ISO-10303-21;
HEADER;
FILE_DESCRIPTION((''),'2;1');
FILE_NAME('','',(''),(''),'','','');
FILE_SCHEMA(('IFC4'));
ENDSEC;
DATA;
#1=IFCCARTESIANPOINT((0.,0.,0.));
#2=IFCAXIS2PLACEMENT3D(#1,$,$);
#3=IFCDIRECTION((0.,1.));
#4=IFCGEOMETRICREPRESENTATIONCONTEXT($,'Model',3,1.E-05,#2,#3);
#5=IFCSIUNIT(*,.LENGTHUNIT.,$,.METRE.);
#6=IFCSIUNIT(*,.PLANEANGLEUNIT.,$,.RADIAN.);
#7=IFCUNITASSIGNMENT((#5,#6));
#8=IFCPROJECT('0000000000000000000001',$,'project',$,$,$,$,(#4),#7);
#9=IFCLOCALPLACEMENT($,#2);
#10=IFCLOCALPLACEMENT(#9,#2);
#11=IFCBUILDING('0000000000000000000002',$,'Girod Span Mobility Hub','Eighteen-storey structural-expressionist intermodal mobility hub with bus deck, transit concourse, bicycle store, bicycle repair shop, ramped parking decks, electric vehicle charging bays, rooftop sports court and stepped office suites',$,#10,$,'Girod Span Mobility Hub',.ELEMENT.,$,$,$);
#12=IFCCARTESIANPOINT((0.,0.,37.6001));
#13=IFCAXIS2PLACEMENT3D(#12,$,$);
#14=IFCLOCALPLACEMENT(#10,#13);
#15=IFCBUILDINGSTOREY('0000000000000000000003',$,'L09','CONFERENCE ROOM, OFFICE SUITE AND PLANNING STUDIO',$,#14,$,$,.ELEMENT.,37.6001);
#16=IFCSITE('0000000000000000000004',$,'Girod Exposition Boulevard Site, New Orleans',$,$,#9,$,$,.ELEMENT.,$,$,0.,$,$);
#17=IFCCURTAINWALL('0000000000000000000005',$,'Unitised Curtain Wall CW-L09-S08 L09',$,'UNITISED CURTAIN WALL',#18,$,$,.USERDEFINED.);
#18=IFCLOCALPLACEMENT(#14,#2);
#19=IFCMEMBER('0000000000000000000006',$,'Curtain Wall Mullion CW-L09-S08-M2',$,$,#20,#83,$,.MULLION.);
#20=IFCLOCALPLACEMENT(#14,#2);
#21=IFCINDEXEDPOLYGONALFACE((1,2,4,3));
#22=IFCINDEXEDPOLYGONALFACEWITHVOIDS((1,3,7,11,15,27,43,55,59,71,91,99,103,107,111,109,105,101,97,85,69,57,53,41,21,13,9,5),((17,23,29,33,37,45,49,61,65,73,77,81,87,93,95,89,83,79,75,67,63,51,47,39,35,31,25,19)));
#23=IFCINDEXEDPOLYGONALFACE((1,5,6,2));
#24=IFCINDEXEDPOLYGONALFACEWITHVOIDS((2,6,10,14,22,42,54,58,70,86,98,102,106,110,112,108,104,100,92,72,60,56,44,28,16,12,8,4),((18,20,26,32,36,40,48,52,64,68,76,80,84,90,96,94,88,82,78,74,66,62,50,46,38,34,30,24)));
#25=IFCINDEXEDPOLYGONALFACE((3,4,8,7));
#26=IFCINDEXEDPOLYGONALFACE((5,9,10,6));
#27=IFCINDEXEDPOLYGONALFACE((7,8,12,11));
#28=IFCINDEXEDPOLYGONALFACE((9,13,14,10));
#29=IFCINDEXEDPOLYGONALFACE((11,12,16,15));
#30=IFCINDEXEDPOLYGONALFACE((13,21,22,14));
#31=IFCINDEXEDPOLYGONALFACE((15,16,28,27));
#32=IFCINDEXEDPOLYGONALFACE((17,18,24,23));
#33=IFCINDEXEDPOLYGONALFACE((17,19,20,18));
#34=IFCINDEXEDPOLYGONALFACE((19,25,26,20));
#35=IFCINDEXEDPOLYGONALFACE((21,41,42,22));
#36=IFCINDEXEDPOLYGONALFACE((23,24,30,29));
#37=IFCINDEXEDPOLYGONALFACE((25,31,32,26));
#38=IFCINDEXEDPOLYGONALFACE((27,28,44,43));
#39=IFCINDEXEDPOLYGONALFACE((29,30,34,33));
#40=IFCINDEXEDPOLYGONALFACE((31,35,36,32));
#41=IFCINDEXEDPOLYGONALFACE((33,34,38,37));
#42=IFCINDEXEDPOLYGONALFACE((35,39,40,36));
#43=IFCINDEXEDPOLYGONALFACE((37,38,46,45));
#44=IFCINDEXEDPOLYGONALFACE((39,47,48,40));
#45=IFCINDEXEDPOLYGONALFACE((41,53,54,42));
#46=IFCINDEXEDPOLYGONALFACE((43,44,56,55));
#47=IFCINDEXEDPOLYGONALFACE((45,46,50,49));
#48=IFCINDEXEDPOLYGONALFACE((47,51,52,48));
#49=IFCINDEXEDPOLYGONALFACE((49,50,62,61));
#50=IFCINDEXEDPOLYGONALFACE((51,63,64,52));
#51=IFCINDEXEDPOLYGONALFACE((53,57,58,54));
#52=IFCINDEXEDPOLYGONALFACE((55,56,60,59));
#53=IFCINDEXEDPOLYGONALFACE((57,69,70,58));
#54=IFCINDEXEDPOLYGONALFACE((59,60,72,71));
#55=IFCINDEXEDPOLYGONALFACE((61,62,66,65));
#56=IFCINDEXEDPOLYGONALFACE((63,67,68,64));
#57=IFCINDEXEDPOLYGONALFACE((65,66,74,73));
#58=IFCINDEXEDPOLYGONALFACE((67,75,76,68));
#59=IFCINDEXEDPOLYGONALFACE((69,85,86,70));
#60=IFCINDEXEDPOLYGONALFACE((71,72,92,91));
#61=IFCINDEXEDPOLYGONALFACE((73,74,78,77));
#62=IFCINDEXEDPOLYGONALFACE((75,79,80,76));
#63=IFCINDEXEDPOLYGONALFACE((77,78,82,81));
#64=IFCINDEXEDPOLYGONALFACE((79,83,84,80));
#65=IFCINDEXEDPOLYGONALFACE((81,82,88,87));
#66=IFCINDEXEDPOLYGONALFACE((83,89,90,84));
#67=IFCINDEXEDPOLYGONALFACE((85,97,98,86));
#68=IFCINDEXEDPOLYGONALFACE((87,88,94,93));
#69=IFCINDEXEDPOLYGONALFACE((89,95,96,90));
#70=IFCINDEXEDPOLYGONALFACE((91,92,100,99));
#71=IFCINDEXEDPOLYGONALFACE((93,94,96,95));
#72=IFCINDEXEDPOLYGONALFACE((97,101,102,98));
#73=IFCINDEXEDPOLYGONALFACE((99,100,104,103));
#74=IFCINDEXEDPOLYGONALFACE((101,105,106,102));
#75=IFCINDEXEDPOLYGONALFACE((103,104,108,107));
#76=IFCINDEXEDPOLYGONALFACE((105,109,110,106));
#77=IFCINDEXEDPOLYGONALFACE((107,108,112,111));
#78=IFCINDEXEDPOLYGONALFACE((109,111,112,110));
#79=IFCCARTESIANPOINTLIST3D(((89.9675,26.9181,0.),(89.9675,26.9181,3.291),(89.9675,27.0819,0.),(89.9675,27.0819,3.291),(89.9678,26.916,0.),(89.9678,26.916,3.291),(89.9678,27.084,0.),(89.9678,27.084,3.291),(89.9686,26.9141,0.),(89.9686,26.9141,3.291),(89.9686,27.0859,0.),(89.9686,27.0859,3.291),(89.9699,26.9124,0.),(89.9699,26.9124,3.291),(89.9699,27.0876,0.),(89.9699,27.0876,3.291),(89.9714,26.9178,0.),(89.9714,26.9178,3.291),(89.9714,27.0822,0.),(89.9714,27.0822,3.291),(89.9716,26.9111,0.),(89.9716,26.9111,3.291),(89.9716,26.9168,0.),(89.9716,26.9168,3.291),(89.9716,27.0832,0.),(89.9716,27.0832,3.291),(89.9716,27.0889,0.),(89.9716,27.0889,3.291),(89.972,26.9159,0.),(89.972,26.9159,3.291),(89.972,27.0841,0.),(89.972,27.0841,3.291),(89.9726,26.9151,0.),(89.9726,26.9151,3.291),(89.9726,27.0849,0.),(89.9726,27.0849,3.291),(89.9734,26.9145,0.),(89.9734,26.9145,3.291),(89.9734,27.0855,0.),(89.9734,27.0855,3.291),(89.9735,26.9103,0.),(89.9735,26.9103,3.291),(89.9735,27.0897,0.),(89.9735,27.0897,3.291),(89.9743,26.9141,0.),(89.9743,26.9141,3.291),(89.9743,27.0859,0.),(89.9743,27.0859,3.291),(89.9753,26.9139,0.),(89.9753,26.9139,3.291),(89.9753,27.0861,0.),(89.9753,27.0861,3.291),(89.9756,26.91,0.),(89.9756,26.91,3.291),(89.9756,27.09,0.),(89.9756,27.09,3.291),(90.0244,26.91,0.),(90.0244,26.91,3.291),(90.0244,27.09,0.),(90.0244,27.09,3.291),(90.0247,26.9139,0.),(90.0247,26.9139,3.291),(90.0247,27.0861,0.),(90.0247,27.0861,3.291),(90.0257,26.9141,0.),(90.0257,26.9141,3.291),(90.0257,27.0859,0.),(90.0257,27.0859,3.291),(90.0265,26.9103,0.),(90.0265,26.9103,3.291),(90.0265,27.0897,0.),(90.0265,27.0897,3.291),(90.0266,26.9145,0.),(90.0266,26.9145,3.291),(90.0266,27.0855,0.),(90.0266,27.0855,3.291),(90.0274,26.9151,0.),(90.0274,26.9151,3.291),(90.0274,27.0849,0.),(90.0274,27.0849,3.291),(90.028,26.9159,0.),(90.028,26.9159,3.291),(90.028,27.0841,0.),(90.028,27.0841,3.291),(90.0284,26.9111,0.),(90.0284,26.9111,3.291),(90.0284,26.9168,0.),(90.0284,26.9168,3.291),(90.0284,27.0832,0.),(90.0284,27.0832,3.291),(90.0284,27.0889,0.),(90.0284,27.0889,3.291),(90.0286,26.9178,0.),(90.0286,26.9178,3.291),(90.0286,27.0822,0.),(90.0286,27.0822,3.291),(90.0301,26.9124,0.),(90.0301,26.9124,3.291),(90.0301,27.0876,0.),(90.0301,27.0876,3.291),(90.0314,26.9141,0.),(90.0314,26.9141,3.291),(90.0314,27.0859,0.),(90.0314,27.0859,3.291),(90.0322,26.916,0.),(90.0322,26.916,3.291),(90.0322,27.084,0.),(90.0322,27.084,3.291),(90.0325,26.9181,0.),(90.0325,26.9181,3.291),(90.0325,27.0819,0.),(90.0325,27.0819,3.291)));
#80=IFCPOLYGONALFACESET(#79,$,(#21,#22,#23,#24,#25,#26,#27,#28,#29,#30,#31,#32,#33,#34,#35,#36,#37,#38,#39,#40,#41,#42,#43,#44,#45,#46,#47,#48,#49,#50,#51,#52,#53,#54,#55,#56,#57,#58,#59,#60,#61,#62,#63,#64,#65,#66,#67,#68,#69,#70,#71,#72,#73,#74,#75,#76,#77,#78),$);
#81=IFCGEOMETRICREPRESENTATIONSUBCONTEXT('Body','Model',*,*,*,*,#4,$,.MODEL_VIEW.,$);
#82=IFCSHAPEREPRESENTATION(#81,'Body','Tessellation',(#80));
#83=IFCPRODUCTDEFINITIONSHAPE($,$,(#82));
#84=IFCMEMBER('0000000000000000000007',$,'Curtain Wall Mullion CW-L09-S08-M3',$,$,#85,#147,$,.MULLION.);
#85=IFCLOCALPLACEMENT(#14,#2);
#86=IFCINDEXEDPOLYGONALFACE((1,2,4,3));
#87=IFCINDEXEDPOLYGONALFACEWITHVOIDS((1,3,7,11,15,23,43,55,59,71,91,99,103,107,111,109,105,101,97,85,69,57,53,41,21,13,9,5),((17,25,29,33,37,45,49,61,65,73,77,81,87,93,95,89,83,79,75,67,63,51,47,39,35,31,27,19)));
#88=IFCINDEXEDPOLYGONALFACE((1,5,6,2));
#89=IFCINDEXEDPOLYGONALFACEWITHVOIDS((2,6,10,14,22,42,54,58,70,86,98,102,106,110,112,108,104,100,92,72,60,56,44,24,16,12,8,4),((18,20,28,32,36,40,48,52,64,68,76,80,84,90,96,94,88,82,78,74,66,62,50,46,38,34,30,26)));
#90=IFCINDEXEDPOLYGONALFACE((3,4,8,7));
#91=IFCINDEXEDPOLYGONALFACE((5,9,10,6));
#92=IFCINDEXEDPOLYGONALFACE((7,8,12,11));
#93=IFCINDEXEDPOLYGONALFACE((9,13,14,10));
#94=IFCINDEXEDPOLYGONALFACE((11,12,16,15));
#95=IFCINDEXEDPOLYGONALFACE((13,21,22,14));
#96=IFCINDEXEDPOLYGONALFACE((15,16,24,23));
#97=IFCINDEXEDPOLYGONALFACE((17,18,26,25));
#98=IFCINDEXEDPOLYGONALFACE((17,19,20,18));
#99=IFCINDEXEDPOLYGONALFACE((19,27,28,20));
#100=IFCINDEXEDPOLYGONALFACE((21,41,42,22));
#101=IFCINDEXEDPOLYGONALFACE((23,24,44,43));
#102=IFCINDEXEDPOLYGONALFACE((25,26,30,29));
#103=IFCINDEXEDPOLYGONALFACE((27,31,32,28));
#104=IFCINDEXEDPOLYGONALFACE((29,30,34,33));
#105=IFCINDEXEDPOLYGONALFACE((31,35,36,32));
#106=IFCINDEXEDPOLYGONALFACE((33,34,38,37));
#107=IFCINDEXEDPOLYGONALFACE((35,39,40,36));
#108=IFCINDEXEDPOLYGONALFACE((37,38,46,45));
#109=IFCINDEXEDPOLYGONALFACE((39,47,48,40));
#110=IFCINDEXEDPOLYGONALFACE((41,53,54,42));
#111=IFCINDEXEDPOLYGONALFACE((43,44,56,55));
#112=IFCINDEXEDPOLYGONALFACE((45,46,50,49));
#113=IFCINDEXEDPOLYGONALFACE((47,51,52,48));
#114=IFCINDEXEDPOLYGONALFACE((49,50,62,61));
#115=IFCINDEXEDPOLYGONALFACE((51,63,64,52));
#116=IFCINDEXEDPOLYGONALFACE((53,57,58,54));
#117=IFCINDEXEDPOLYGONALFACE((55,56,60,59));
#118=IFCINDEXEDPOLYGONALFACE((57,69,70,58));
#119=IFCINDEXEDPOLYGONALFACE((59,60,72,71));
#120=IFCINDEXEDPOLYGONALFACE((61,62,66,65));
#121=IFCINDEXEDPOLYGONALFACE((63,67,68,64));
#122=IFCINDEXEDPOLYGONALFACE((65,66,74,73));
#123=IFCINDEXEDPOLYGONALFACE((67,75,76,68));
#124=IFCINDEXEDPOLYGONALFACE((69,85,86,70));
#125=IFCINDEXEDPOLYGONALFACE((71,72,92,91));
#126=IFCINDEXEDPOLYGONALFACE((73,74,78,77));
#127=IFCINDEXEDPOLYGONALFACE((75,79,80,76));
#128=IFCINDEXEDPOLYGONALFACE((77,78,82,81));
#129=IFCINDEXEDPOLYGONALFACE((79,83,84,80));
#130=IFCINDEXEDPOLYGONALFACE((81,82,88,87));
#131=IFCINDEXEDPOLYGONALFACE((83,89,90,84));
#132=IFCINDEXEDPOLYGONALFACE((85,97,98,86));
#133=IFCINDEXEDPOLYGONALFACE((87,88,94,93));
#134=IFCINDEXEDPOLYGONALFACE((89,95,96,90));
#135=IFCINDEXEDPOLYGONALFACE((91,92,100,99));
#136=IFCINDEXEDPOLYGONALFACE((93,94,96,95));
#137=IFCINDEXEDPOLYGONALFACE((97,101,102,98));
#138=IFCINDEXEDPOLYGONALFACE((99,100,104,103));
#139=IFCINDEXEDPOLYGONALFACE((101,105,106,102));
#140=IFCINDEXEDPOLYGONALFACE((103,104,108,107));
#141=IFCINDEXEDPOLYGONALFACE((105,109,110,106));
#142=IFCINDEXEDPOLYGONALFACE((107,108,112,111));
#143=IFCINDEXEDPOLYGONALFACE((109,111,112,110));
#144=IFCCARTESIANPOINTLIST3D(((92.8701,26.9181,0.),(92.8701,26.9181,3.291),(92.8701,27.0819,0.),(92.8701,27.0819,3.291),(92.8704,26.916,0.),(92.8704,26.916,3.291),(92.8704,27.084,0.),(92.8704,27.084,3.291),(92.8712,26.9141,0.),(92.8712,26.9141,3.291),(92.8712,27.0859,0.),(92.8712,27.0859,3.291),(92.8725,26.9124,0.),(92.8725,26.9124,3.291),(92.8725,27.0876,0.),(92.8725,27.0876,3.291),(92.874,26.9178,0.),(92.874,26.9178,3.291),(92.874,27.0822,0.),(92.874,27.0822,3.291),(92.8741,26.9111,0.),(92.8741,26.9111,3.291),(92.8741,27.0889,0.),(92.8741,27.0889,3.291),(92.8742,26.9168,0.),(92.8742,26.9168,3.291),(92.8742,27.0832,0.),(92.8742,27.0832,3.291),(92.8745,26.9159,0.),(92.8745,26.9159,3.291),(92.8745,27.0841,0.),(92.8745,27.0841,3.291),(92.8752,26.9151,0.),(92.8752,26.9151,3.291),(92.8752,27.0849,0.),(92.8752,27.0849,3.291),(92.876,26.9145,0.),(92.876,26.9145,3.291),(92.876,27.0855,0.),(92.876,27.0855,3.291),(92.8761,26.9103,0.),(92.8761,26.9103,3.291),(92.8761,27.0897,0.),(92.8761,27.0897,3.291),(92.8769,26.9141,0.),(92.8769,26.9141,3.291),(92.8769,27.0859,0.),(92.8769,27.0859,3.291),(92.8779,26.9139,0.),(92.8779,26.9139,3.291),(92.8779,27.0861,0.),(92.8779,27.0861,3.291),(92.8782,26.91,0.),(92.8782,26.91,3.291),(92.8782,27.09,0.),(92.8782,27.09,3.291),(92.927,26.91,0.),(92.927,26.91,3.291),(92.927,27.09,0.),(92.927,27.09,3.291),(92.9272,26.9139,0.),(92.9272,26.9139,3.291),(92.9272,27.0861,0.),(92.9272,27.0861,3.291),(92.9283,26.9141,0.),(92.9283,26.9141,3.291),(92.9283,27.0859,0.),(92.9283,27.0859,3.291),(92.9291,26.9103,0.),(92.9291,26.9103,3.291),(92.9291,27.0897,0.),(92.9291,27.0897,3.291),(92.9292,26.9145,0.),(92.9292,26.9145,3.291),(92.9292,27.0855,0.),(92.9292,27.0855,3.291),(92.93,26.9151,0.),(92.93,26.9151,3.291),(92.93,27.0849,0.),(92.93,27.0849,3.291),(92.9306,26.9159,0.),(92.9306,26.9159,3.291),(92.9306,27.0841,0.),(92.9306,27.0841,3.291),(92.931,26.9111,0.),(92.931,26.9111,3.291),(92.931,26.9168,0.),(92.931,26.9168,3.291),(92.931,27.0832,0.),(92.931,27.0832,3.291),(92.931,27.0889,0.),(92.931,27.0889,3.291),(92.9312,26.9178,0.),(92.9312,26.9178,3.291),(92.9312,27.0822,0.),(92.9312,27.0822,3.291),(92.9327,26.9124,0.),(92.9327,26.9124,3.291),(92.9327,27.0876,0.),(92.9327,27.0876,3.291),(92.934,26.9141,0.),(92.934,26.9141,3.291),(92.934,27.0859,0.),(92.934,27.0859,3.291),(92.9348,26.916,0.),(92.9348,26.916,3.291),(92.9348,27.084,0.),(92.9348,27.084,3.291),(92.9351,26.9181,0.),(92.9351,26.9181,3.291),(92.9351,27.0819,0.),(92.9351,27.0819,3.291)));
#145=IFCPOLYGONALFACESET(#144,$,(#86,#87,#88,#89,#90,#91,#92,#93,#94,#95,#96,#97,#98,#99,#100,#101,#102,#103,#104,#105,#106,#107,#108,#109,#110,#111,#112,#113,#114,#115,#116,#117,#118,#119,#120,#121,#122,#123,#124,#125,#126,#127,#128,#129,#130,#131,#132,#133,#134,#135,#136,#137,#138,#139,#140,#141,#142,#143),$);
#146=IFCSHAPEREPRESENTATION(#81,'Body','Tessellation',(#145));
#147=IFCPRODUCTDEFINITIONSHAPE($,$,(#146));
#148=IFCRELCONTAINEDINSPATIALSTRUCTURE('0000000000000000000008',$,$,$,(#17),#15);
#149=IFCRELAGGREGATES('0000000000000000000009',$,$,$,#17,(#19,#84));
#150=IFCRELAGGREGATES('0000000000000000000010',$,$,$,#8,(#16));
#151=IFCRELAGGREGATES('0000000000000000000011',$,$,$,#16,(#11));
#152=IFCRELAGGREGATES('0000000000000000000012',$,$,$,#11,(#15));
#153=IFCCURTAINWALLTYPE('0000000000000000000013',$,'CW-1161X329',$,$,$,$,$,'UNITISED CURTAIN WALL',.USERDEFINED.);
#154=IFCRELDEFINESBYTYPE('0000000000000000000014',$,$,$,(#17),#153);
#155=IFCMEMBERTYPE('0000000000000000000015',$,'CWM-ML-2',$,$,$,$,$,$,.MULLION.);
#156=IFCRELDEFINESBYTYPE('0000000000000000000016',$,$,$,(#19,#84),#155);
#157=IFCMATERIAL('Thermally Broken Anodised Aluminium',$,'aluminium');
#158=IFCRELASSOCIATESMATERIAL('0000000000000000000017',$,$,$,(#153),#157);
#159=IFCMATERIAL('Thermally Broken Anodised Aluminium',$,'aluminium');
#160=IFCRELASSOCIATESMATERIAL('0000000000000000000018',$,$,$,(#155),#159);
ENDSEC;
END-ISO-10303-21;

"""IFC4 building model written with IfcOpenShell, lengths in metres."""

from ifc_helpers import new_model, si_unit, direction, frame, origin, origin_2d, place, context, subcontext, project, spatial, hollow_rectangle, extrude, material, material_profile, profile_set, type_object, element, aggregate, save


model = new_model("IFC4")

# Units and contexts
model_context = context("Model", 3, precision=1e-05, world=origin(), true_north=direction((0.0, 1.0)))
body_context = subcontext(model_context, "Body", "Model", "MODEL_VIEW")
ifc_project = project(units=[si_unit("LENGTHUNIT", "METRE"), si_unit("PLANEANGLEUNIT", "RADIAN")], contexts=[model_context])

# Site, building, storey
site_placement = place(None, origin())
site = spatial("IfcSite", under=ifc_project, at=site_placement, Name="Girod Exposition Boulevard Site, New Orleans", CompositionType="ELEMENT", RefElevation=0.0)
building_placement = place(site_placement, origin())
building = spatial("IfcBuilding", under=site, at=building_placement, Name="Girod Span Mobility Hub", Description="Eighteen-storey structural-expressionist intermodal mobility hub with bus deck, transit concourse, bicycle store, bicycle repair shop, ramped parking decks, electric vehicle charging bays, rooftop sports court and stepped office suites", LongName="Girod Span Mobility Hub", CompositionType="ELEMENT")
storey_placement = place(building_placement, frame((0.0, 0.0, 37.6001)))
storey = spatial("IfcBuildingStorey", under=building, at=storey_placement, Name="L09", Description="CONFERENCE ROOM, OFFICE SUITE AND PLANNING STUDIO", CompositionType="ELEMENT", Elevation=37.6001)

# Curtain wall, members
ifc_material_1 = material(Name="Thermally Broken Anodised Aluminium", Category="aluminium")
curtain_wall_type = type_object("IfcCurtainWallType", Name="CW-1161X329", ElementType="UNITISED CURTAIN WALL", PredefinedType="USERDEFINED", material=ifc_material_1)
curtain_wall_placement = place(storey_placement, origin())
curtain_wall = element("IfcCurtainWall", 1, at=curtain_wall_placement, inside=storey, type_object=curtain_wall_type, Name="Unitised Curtain Wall CW-L09-S08 L09", ObjectType="UNITISED CURTAIN WALL", PredefinedType="USERDEFINED")
ifc_material_2 = material(Name="Thermally Broken Anodised Aluminium", Category="aluminium")
ifc_material_profile_1 = material_profile(ifc_material_2, hollow_rectangle(XDim=0.1799, YDim=0.0649, WallThickness=0.0039, InnerFilletRadius=0.0039, OuterFilletRadius=0.0081, at=origin_2d()), Name="CW-ML-65X180")
ifc_profile_set_1 = profile_set([ifc_material_profile_1], Name="Thermally Broken Anodised Aluminium")
member_type_1 = type_object("IfcMemberType", Name="CWM-ML-2", PredefinedType="MULLION", material=ifc_profile_set_1)
member_1_placement = place(storey_placement, frame((90.0, 27.0, 0.0), z_axis=(0.0, 0.0, 1.0), x_axis=(0.0, 1.0, 0.0)))
member_1 = element("IfcMember", 2, at=member_1_placement, type_object=member_type_1, Name="Curtain Wall Mullion CW-L09-S08-M2", PredefinedType="MULLION", context=body_context, shape_type="SweptSolid", body=[
    extrude(hollow_rectangle(XDim=0.1799, YDim=0.0649, WallThickness=0.0039, InnerFilletRadius=0.0039, OuterFilletRadius=0.0081, at=origin_2d()), origin(), (0.0, 0.0, 1.0), 3.291),
])
member_2_placement = place(storey_placement, frame((92.9026, 27.0, 0.0), z_axis=(0.0, 0.0, 1.0), x_axis=(0.0, 1.0, 0.0)))
member_2 = element("IfcMember", 3, at=member_2_placement, type_object=member_type_1, Name="Curtain Wall Mullion CW-L09-S08-M3", PredefinedType="MULLION", context=body_context, shape_type="SweptSolid", body=[
    extrude(hollow_rectangle(XDim=0.1799, YDim=0.0649, WallThickness=0.0039, InnerFilletRadius=0.0039, OuterFilletRadius=0.0081, at=origin_2d()), origin(), (0.0, 0.0, 1.0), 3.291),
])

aggregate(curtain_wall, [member_1, member_2])

save(model, "model.ifc")
